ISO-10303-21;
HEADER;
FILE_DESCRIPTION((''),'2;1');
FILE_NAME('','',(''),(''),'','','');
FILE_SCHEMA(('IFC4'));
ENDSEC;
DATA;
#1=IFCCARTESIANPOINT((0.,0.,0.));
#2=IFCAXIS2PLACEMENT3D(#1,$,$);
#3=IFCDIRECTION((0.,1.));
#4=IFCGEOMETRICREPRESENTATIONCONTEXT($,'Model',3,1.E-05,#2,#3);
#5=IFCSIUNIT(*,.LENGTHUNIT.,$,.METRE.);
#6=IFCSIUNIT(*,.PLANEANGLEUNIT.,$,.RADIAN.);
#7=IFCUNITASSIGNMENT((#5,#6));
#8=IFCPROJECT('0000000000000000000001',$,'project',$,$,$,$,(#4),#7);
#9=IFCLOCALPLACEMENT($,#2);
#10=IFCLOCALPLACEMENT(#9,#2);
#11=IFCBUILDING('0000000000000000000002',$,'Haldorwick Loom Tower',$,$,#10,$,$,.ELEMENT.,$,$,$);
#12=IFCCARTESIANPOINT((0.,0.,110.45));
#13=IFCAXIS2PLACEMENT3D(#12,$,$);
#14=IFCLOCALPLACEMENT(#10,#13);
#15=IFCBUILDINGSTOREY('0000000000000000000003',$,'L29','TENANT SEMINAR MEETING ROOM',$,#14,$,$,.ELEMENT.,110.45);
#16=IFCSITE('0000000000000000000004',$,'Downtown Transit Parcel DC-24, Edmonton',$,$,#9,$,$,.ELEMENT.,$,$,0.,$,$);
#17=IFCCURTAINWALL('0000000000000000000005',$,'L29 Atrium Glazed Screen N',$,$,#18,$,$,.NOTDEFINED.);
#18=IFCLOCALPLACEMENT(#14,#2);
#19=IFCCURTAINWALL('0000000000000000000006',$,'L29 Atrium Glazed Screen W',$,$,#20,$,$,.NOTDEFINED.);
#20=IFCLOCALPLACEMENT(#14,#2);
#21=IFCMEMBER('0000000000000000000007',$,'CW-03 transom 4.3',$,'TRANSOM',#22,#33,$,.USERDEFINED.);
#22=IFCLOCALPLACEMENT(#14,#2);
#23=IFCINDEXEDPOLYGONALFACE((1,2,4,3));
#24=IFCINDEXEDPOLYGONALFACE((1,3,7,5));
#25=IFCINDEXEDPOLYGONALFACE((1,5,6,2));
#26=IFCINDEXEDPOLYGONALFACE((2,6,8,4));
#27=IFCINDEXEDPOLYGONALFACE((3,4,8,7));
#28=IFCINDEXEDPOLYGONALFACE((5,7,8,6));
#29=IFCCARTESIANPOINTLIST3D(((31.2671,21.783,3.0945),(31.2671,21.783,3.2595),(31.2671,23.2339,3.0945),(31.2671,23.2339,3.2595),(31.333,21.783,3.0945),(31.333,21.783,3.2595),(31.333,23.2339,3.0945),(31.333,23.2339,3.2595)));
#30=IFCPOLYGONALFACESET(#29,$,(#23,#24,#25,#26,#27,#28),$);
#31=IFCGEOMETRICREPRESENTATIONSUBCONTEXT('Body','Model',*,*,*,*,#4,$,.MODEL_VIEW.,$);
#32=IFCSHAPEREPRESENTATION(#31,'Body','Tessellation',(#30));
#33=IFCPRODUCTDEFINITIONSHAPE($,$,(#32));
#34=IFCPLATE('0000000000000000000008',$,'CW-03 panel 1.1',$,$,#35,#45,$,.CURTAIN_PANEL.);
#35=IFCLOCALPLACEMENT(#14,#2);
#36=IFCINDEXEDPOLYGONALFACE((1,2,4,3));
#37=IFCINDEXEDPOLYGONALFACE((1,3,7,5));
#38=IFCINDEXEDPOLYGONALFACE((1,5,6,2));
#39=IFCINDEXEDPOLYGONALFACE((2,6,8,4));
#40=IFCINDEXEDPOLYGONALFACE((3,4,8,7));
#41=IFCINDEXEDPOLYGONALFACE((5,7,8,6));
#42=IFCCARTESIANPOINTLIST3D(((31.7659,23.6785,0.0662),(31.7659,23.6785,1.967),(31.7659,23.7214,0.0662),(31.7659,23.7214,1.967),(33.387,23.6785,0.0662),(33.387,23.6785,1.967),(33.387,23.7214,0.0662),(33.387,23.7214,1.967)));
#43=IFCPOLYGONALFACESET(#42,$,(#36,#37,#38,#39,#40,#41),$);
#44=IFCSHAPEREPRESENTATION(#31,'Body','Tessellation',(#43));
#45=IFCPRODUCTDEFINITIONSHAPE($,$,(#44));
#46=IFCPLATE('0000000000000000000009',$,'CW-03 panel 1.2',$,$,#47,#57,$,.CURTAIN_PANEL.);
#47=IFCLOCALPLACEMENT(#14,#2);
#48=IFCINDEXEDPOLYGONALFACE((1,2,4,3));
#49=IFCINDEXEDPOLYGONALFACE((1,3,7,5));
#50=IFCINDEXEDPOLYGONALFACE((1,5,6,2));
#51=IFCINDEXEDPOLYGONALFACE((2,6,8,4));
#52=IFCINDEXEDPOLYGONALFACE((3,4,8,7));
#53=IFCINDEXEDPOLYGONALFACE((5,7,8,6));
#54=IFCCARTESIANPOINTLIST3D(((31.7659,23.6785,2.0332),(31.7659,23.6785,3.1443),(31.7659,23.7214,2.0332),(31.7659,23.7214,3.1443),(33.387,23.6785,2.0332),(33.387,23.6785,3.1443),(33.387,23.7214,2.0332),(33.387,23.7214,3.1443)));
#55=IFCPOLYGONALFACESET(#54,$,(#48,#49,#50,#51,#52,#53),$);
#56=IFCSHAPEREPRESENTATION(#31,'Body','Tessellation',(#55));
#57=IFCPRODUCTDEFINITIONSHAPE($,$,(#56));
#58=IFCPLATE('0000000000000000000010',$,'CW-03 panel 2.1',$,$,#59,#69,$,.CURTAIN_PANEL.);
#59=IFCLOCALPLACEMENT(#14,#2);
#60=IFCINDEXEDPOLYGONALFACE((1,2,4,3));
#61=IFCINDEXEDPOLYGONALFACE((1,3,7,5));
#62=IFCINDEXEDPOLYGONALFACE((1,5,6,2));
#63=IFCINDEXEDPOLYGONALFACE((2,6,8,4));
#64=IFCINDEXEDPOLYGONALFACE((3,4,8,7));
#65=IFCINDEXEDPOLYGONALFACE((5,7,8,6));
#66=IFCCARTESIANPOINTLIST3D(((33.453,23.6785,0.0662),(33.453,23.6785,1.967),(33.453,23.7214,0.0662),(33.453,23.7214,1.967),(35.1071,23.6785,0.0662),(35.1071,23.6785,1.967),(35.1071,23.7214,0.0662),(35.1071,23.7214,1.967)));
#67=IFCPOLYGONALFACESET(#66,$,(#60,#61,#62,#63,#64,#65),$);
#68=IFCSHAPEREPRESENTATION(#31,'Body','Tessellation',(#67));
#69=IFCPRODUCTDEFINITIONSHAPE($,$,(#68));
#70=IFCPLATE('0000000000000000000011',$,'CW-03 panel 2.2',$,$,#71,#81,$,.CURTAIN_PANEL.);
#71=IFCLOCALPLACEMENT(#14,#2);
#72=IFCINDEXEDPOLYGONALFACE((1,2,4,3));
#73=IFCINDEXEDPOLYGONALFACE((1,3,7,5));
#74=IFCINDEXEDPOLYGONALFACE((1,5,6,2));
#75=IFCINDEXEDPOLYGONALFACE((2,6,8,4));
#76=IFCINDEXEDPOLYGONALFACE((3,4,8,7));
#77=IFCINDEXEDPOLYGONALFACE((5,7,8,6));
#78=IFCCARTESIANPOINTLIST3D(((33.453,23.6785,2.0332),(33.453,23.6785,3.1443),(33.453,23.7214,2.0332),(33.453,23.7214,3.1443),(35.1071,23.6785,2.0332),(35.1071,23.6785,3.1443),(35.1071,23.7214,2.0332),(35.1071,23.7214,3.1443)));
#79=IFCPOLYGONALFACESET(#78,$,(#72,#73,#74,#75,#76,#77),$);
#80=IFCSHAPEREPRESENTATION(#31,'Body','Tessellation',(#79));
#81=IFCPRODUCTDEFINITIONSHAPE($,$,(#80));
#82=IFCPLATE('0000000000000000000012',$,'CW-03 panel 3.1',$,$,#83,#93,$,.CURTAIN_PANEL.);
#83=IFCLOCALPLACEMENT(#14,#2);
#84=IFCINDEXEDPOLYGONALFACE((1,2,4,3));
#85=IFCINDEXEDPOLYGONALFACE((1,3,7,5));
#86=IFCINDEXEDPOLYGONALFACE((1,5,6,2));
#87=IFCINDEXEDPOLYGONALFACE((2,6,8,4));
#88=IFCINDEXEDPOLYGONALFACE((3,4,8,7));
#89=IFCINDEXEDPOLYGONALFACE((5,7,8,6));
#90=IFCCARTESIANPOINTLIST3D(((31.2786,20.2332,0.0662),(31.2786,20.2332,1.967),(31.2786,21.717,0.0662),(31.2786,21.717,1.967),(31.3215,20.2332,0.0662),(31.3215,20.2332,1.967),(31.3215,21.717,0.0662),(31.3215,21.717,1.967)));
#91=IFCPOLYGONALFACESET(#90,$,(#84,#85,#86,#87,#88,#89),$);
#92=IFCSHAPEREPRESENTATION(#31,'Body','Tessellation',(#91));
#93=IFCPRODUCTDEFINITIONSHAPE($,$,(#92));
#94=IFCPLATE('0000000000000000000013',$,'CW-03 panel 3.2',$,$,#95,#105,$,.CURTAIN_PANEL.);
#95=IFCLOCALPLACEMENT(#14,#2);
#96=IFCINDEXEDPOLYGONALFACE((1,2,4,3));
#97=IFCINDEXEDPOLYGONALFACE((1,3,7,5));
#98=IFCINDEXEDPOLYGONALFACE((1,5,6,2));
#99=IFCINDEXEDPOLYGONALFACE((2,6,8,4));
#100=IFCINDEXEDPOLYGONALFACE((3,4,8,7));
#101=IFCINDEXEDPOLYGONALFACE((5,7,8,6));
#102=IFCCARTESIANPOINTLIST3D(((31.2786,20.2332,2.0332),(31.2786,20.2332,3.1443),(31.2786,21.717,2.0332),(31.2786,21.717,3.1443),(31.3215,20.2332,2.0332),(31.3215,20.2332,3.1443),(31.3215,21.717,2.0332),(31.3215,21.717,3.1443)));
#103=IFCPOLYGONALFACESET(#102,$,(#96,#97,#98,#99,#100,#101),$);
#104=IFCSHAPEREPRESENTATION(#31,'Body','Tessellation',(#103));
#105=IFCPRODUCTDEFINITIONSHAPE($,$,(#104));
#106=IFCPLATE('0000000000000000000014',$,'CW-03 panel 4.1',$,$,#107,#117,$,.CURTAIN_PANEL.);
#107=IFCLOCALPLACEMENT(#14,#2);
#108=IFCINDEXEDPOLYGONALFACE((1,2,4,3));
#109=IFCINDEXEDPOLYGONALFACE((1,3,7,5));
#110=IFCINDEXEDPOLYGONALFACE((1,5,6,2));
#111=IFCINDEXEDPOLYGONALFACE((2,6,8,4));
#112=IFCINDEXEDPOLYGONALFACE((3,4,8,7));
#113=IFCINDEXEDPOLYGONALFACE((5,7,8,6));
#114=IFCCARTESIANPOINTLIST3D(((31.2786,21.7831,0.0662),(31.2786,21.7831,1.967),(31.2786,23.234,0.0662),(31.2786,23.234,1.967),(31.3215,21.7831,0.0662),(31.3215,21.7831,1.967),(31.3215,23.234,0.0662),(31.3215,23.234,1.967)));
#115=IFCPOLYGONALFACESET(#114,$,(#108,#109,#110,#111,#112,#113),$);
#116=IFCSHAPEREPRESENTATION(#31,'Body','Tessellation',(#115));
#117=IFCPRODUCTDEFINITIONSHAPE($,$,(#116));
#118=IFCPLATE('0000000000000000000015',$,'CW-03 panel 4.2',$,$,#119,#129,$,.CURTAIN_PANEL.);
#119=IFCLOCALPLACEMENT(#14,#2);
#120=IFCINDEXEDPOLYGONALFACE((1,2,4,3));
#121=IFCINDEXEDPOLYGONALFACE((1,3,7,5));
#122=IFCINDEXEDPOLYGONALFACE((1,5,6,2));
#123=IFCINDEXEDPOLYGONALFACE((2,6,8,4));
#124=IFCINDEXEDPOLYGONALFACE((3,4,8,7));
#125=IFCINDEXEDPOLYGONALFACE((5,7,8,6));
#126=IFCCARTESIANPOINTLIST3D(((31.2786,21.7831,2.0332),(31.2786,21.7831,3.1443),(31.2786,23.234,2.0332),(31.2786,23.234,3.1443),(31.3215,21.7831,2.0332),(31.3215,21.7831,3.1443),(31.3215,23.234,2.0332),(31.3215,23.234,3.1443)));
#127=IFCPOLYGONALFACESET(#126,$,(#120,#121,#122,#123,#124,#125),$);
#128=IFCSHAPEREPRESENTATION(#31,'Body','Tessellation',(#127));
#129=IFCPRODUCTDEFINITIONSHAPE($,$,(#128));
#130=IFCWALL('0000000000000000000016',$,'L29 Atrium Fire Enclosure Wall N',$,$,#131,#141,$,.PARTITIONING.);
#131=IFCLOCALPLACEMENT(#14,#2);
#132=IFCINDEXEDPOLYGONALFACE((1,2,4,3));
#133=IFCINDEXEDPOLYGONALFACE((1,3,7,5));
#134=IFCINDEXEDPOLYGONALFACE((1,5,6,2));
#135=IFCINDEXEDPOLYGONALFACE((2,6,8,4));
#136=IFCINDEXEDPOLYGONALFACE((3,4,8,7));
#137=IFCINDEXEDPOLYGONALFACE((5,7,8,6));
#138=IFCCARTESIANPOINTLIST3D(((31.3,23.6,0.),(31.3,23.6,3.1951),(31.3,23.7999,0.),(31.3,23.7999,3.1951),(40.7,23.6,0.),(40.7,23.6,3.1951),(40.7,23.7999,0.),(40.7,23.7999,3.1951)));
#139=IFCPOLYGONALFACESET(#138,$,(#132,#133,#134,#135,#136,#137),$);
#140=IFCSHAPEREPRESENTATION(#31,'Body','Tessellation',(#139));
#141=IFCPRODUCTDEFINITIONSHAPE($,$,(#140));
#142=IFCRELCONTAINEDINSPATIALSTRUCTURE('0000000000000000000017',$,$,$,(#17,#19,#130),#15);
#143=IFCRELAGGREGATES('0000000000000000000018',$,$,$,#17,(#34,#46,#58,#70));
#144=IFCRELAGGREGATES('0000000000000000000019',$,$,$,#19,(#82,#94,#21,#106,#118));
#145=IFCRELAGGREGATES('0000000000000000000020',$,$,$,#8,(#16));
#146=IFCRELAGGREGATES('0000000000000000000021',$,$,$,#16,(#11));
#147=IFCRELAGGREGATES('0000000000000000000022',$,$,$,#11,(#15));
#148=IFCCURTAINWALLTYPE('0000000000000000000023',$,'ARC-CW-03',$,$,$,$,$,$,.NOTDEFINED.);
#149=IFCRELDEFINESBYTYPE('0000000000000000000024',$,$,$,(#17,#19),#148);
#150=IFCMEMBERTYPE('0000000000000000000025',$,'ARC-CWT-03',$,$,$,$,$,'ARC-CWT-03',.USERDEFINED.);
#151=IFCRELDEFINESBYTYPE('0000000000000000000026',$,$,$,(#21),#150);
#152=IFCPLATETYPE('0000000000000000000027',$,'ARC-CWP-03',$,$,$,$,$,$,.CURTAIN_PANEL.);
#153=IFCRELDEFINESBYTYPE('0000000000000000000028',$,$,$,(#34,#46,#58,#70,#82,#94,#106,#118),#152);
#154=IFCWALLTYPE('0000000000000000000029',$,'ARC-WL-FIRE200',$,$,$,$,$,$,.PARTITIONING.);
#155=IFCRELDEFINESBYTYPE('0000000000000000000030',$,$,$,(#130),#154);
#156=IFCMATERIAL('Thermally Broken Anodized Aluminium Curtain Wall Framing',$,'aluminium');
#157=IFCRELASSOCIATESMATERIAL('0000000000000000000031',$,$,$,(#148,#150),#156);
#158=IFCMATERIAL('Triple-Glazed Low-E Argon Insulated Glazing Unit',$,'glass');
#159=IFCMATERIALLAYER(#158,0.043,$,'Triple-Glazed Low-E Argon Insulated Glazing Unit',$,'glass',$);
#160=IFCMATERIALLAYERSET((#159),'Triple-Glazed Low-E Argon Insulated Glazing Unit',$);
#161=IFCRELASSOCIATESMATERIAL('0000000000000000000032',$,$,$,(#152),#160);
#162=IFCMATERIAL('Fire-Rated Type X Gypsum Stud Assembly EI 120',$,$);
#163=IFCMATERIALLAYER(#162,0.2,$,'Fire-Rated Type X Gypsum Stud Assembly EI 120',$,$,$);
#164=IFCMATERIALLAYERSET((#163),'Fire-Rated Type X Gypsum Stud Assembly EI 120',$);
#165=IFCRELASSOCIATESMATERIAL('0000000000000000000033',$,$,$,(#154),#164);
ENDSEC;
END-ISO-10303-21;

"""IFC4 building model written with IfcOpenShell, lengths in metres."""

from ifc_helpers import new_model, si_unit, direction, frame, frame_2d, origin, origin_2d, place, context, subcontext, project, spatial, rectangle, extrude, material, layer, layer_set, material_profile, profile_set, type_object, element, aggregate, save


model = new_model("IFC4")

# Units and contexts
model_context = context("Model", 3, precision=1e-05, world=origin(), true_north=direction((0.0, 1.0)))
body_context = subcontext(model_context, "Body", "Model", "MODEL_VIEW")
ifc_project = project(units=[si_unit("LENGTHUNIT", "METRE"), si_unit("PLANEANGLEUNIT", "RADIAN")], contexts=[model_context])

# Site, building, storey
site_placement = place(None, origin())
site = spatial("IfcSite", under=ifc_project, at=site_placement, Name="Downtown Transit Parcel DC-24, Edmonton", CompositionType="ELEMENT", RefElevation=0.0)
building_placement = place(site_placement, origin())
building = spatial("IfcBuilding", under=site, at=building_placement, Name="Haldorwick Loom Tower", CompositionType="ELEMENT")
storey_placement = place(building_placement, frame((0.0, 0.0, 110.45)))
storey = spatial("IfcBuildingStorey", under=building, at=storey_placement, Name="L29", Description="TENANT SEMINAR MEETING ROOM", CompositionType="ELEMENT", Elevation=110.45)

# Curtain walls
ifc_material_1 = material(Name="Thermally Broken Anodized Aluminium Curtain Wall Framing", Category="aluminium")
curtain_wall_type = type_object("IfcCurtainWallType", Name="ARC-CW-03", PredefinedType="NOTDEFINED", material=ifc_material_1)
curtain_wall_1_placement = place(storey_placement, origin())
curtain_wall_1 = element("IfcCurtainWall", 1, at=curtain_wall_1_placement, inside=storey, type_object=curtain_wall_type, Name="L29 Atrium Glazed Screen N", PredefinedType="NOTDEFINED")
curtain_wall_2_placement = place(storey_placement, origin())
curtain_wall_2 = element("IfcCurtainWall", 2, at=curtain_wall_2_placement, inside=storey, type_object=curtain_wall_type, Name="L29 Atrium Glazed Screen W", PredefinedType="NOTDEFINED")

# Member
ifc_material_profile_1 = material_profile(ifc_material_1, rectangle(XDim=0.0659, YDim=0.165, at=origin_2d()), Name="ALU_TRN_66X165", Category="aluminium")
ifc_profile_set_1 = profile_set([ifc_material_profile_1], Name="Thermally Broken Anodized Aluminium Curtain Wall Framing")
member_type_1 = type_object("IfcMemberType", Name="ARC-CWT-03", ElementType="ARC-CWT-03", PredefinedType="USERDEFINED", material=ifc_profile_set_1)
member_1_placement = place(storey_placement, frame((31.3, 21.783, 3.177), z_axis=(0.0, 1.0, 0.0), x_axis=(-1.0, 0.0, 0.0)))
member_1 = element("IfcMember", 3, at=member_1_placement, type_object=member_type_1, Name="CW-03 transom 4.3", ObjectType="TRANSOM", PredefinedType="USERDEFINED", context=body_context, shape_type="SweptSolid", body=[
    extrude(rectangle(XDim=0.0659, YDim=0.165, at=origin_2d()), origin(), (0.0, 0.0, 1.0), 1.4509),
])

# Plates
ifc_material_2 = material(Name="Triple-Glazed Low-E Argon Insulated Glazing Unit", Category="glass")
ifc_layer_1 = layer(ifc_material_2, 0.043, Name="Triple-Glazed Low-E Argon Insulated Glazing Unit", Category="glass")
ifc_layer_set_1 = layer_set([ifc_layer_1], Name="Triple-Glazed Low-E Argon Insulated Glazing Unit")
plate_type = type_object("IfcPlateType", Name="ARC-CWP-03", PredefinedType="CURTAIN_PANEL", material=ifc_layer_set_1)
plate_1_placement = place(storey_placement, frame((32.5764, 23.7, 0.0662), z_axis=(0.0, 0.0, 1.0), x_axis=(1.0, 0.0, 0.0)))
plate_1 = element("IfcPlate", 4, at=plate_1_placement, type_object=plate_type, Name="CW-03 panel 1.1", PredefinedType="CURTAIN_PANEL", context=body_context, shape_type="SweptSolid", body=[
    extrude(rectangle(XDim=1.6211, YDim=0.043, at=origin_2d()), origin(), (0.0, 0.0, 1.0), 1.9009),
])
plate_2_placement = place(storey_placement, frame((32.5764, 23.7, 2.0332), z_axis=(0.0, 0.0, 1.0), x_axis=(1.0, 0.0, 0.0)))
plate_2 = element("IfcPlate", 5, at=plate_2_placement, type_object=plate_type, Name="CW-03 panel 1.2", PredefinedType="CURTAIN_PANEL", context=body_context, shape_type="SweptSolid", body=[
    extrude(rectangle(XDim=1.6211, YDim=0.043, at=origin_2d()), origin(), (0.0, 0.0, 1.0), 1.1111),
])
plate_3_placement = place(storey_placement, frame((34.28, 23.7, 0.0662), z_axis=(0.0, 0.0, 1.0), x_axis=(1.0, 0.0, 0.0)))
plate_3 = element("IfcPlate", 6, at=plate_3_placement, type_object=plate_type, Name="CW-03 panel 2.1", PredefinedType="CURTAIN_PANEL", context=body_context, shape_type="SweptSolid", body=[
    extrude(rectangle(XDim=1.6541, YDim=0.043, at=origin_2d()), origin(), (0.0, 0.0, 1.0), 1.9009),
])
plate_4_placement = place(storey_placement, frame((34.28, 23.7, 2.0332), z_axis=(0.0, 0.0, 1.0), x_axis=(1.0, 0.0, 0.0)))
plate_4 = element("IfcPlate", 7, at=plate_4_placement, type_object=plate_type, Name="CW-03 panel 2.2", PredefinedType="CURTAIN_PANEL", context=body_context, shape_type="SweptSolid", body=[
    extrude(rectangle(XDim=1.6541, YDim=0.043, at=origin_2d()), origin(), (0.0, 0.0, 1.0), 1.1111),
])
aggregate(curtain_wall_1, [plate_1, plate_2, plate_3, plate_4])
plate_5_placement = place(storey_placement, frame((31.3, 20.9751, 0.0662), z_axis=(0.0, 0.0, 1.0), x_axis=(0.0, 1.0, 0.0)))
plate_5 = element("IfcPlate", 8, at=plate_5_placement, type_object=plate_type, Name="CW-03 panel 3.1", PredefinedType="CURTAIN_PANEL", context=body_context, shape_type="SweptSolid", body=[
    extrude(rectangle(XDim=1.4839, YDim=0.043, at=origin_2d()), origin(), (0.0, 0.0, 1.0), 1.9009),
])
plate_6_placement = place(storey_placement, frame((31.3, 20.9751, 2.0332), z_axis=(0.0, 0.0, 1.0), x_axis=(0.0, 1.0, 0.0)))
plate_6 = element("IfcPlate", 9, at=plate_6_placement, type_object=plate_type, Name="CW-03 panel 3.2", PredefinedType="CURTAIN_PANEL", context=body_context, shape_type="SweptSolid", body=[
    extrude(rectangle(XDim=1.4839, YDim=0.043, at=origin_2d()), origin(), (0.0, 0.0, 1.0), 1.1111),
])
plate_7_placement = place(storey_placement, frame((31.3, 22.5085, 0.0662), z_axis=(0.0, 0.0, 1.0), x_axis=(0.0, 1.0, 0.0)))
plate_7 = element("IfcPlate", 10, at=plate_7_placement, type_object=plate_type, Name="CW-03 panel 4.1", PredefinedType="CURTAIN_PANEL", context=body_context, shape_type="SweptSolid", body=[
    extrude(rectangle(XDim=1.4509, YDim=0.043, at=origin_2d()), origin(), (0.0, 0.0, 1.0), 1.9009),
])
plate_8_placement = place(storey_placement, frame((31.3, 22.5085, 2.0332), z_axis=(0.0, 0.0, 1.0), x_axis=(0.0, 1.0, 0.0)))
plate_8 = element("IfcPlate", 11, at=plate_8_placement, type_object=plate_type, Name="CW-03 panel 4.2", PredefinedType="CURTAIN_PANEL", context=body_context, shape_type="SweptSolid", body=[
    extrude(rectangle(XDim=1.4509, YDim=0.043, at=origin_2d()), origin(), (0.0, 0.0, 1.0), 1.1111),
])
aggregate(curtain_wall_2, [plate_5, plate_6, member_1, plate_7, plate_8])

# Wall
ifc_material_3 = material(Name="Fire-Rated Type X Gypsum Stud Assembly EI 120")
ifc_layer_2 = layer(ifc_material_3, 0.2, Name="Fire-Rated Type X Gypsum Stud Assembly EI 120")
ifc_layer_set_2 = layer_set([ifc_layer_2], Name="Fire-Rated Type X Gypsum Stud Assembly EI 120")
wall_type = type_object("IfcWallType", Name="ARC-WL-FIRE200", PredefinedType="PARTITIONING", material=ifc_layer_set_2)
wall_placement = place(storey_placement, frame((31.3, 23.7, 0.0), z_axis=(0.0, 0.0, 1.0), x_axis=(1.0, 0.0, 0.0)))
element("IfcWall", 12, at=wall_placement, inside=storey, type_object=wall_type, Name="L29 Atrium Fire Enclosure Wall N", PredefinedType="PARTITIONING", context=body_context, shape_type="SweptSolid", body=[
    extrude(rectangle(XDim=9.3999, YDim=0.2, at=frame_2d((4.7, 0.0))), origin(), (0.0, 0.0, 1.0), 3.1951),
])

save(model, "model.ifc")
